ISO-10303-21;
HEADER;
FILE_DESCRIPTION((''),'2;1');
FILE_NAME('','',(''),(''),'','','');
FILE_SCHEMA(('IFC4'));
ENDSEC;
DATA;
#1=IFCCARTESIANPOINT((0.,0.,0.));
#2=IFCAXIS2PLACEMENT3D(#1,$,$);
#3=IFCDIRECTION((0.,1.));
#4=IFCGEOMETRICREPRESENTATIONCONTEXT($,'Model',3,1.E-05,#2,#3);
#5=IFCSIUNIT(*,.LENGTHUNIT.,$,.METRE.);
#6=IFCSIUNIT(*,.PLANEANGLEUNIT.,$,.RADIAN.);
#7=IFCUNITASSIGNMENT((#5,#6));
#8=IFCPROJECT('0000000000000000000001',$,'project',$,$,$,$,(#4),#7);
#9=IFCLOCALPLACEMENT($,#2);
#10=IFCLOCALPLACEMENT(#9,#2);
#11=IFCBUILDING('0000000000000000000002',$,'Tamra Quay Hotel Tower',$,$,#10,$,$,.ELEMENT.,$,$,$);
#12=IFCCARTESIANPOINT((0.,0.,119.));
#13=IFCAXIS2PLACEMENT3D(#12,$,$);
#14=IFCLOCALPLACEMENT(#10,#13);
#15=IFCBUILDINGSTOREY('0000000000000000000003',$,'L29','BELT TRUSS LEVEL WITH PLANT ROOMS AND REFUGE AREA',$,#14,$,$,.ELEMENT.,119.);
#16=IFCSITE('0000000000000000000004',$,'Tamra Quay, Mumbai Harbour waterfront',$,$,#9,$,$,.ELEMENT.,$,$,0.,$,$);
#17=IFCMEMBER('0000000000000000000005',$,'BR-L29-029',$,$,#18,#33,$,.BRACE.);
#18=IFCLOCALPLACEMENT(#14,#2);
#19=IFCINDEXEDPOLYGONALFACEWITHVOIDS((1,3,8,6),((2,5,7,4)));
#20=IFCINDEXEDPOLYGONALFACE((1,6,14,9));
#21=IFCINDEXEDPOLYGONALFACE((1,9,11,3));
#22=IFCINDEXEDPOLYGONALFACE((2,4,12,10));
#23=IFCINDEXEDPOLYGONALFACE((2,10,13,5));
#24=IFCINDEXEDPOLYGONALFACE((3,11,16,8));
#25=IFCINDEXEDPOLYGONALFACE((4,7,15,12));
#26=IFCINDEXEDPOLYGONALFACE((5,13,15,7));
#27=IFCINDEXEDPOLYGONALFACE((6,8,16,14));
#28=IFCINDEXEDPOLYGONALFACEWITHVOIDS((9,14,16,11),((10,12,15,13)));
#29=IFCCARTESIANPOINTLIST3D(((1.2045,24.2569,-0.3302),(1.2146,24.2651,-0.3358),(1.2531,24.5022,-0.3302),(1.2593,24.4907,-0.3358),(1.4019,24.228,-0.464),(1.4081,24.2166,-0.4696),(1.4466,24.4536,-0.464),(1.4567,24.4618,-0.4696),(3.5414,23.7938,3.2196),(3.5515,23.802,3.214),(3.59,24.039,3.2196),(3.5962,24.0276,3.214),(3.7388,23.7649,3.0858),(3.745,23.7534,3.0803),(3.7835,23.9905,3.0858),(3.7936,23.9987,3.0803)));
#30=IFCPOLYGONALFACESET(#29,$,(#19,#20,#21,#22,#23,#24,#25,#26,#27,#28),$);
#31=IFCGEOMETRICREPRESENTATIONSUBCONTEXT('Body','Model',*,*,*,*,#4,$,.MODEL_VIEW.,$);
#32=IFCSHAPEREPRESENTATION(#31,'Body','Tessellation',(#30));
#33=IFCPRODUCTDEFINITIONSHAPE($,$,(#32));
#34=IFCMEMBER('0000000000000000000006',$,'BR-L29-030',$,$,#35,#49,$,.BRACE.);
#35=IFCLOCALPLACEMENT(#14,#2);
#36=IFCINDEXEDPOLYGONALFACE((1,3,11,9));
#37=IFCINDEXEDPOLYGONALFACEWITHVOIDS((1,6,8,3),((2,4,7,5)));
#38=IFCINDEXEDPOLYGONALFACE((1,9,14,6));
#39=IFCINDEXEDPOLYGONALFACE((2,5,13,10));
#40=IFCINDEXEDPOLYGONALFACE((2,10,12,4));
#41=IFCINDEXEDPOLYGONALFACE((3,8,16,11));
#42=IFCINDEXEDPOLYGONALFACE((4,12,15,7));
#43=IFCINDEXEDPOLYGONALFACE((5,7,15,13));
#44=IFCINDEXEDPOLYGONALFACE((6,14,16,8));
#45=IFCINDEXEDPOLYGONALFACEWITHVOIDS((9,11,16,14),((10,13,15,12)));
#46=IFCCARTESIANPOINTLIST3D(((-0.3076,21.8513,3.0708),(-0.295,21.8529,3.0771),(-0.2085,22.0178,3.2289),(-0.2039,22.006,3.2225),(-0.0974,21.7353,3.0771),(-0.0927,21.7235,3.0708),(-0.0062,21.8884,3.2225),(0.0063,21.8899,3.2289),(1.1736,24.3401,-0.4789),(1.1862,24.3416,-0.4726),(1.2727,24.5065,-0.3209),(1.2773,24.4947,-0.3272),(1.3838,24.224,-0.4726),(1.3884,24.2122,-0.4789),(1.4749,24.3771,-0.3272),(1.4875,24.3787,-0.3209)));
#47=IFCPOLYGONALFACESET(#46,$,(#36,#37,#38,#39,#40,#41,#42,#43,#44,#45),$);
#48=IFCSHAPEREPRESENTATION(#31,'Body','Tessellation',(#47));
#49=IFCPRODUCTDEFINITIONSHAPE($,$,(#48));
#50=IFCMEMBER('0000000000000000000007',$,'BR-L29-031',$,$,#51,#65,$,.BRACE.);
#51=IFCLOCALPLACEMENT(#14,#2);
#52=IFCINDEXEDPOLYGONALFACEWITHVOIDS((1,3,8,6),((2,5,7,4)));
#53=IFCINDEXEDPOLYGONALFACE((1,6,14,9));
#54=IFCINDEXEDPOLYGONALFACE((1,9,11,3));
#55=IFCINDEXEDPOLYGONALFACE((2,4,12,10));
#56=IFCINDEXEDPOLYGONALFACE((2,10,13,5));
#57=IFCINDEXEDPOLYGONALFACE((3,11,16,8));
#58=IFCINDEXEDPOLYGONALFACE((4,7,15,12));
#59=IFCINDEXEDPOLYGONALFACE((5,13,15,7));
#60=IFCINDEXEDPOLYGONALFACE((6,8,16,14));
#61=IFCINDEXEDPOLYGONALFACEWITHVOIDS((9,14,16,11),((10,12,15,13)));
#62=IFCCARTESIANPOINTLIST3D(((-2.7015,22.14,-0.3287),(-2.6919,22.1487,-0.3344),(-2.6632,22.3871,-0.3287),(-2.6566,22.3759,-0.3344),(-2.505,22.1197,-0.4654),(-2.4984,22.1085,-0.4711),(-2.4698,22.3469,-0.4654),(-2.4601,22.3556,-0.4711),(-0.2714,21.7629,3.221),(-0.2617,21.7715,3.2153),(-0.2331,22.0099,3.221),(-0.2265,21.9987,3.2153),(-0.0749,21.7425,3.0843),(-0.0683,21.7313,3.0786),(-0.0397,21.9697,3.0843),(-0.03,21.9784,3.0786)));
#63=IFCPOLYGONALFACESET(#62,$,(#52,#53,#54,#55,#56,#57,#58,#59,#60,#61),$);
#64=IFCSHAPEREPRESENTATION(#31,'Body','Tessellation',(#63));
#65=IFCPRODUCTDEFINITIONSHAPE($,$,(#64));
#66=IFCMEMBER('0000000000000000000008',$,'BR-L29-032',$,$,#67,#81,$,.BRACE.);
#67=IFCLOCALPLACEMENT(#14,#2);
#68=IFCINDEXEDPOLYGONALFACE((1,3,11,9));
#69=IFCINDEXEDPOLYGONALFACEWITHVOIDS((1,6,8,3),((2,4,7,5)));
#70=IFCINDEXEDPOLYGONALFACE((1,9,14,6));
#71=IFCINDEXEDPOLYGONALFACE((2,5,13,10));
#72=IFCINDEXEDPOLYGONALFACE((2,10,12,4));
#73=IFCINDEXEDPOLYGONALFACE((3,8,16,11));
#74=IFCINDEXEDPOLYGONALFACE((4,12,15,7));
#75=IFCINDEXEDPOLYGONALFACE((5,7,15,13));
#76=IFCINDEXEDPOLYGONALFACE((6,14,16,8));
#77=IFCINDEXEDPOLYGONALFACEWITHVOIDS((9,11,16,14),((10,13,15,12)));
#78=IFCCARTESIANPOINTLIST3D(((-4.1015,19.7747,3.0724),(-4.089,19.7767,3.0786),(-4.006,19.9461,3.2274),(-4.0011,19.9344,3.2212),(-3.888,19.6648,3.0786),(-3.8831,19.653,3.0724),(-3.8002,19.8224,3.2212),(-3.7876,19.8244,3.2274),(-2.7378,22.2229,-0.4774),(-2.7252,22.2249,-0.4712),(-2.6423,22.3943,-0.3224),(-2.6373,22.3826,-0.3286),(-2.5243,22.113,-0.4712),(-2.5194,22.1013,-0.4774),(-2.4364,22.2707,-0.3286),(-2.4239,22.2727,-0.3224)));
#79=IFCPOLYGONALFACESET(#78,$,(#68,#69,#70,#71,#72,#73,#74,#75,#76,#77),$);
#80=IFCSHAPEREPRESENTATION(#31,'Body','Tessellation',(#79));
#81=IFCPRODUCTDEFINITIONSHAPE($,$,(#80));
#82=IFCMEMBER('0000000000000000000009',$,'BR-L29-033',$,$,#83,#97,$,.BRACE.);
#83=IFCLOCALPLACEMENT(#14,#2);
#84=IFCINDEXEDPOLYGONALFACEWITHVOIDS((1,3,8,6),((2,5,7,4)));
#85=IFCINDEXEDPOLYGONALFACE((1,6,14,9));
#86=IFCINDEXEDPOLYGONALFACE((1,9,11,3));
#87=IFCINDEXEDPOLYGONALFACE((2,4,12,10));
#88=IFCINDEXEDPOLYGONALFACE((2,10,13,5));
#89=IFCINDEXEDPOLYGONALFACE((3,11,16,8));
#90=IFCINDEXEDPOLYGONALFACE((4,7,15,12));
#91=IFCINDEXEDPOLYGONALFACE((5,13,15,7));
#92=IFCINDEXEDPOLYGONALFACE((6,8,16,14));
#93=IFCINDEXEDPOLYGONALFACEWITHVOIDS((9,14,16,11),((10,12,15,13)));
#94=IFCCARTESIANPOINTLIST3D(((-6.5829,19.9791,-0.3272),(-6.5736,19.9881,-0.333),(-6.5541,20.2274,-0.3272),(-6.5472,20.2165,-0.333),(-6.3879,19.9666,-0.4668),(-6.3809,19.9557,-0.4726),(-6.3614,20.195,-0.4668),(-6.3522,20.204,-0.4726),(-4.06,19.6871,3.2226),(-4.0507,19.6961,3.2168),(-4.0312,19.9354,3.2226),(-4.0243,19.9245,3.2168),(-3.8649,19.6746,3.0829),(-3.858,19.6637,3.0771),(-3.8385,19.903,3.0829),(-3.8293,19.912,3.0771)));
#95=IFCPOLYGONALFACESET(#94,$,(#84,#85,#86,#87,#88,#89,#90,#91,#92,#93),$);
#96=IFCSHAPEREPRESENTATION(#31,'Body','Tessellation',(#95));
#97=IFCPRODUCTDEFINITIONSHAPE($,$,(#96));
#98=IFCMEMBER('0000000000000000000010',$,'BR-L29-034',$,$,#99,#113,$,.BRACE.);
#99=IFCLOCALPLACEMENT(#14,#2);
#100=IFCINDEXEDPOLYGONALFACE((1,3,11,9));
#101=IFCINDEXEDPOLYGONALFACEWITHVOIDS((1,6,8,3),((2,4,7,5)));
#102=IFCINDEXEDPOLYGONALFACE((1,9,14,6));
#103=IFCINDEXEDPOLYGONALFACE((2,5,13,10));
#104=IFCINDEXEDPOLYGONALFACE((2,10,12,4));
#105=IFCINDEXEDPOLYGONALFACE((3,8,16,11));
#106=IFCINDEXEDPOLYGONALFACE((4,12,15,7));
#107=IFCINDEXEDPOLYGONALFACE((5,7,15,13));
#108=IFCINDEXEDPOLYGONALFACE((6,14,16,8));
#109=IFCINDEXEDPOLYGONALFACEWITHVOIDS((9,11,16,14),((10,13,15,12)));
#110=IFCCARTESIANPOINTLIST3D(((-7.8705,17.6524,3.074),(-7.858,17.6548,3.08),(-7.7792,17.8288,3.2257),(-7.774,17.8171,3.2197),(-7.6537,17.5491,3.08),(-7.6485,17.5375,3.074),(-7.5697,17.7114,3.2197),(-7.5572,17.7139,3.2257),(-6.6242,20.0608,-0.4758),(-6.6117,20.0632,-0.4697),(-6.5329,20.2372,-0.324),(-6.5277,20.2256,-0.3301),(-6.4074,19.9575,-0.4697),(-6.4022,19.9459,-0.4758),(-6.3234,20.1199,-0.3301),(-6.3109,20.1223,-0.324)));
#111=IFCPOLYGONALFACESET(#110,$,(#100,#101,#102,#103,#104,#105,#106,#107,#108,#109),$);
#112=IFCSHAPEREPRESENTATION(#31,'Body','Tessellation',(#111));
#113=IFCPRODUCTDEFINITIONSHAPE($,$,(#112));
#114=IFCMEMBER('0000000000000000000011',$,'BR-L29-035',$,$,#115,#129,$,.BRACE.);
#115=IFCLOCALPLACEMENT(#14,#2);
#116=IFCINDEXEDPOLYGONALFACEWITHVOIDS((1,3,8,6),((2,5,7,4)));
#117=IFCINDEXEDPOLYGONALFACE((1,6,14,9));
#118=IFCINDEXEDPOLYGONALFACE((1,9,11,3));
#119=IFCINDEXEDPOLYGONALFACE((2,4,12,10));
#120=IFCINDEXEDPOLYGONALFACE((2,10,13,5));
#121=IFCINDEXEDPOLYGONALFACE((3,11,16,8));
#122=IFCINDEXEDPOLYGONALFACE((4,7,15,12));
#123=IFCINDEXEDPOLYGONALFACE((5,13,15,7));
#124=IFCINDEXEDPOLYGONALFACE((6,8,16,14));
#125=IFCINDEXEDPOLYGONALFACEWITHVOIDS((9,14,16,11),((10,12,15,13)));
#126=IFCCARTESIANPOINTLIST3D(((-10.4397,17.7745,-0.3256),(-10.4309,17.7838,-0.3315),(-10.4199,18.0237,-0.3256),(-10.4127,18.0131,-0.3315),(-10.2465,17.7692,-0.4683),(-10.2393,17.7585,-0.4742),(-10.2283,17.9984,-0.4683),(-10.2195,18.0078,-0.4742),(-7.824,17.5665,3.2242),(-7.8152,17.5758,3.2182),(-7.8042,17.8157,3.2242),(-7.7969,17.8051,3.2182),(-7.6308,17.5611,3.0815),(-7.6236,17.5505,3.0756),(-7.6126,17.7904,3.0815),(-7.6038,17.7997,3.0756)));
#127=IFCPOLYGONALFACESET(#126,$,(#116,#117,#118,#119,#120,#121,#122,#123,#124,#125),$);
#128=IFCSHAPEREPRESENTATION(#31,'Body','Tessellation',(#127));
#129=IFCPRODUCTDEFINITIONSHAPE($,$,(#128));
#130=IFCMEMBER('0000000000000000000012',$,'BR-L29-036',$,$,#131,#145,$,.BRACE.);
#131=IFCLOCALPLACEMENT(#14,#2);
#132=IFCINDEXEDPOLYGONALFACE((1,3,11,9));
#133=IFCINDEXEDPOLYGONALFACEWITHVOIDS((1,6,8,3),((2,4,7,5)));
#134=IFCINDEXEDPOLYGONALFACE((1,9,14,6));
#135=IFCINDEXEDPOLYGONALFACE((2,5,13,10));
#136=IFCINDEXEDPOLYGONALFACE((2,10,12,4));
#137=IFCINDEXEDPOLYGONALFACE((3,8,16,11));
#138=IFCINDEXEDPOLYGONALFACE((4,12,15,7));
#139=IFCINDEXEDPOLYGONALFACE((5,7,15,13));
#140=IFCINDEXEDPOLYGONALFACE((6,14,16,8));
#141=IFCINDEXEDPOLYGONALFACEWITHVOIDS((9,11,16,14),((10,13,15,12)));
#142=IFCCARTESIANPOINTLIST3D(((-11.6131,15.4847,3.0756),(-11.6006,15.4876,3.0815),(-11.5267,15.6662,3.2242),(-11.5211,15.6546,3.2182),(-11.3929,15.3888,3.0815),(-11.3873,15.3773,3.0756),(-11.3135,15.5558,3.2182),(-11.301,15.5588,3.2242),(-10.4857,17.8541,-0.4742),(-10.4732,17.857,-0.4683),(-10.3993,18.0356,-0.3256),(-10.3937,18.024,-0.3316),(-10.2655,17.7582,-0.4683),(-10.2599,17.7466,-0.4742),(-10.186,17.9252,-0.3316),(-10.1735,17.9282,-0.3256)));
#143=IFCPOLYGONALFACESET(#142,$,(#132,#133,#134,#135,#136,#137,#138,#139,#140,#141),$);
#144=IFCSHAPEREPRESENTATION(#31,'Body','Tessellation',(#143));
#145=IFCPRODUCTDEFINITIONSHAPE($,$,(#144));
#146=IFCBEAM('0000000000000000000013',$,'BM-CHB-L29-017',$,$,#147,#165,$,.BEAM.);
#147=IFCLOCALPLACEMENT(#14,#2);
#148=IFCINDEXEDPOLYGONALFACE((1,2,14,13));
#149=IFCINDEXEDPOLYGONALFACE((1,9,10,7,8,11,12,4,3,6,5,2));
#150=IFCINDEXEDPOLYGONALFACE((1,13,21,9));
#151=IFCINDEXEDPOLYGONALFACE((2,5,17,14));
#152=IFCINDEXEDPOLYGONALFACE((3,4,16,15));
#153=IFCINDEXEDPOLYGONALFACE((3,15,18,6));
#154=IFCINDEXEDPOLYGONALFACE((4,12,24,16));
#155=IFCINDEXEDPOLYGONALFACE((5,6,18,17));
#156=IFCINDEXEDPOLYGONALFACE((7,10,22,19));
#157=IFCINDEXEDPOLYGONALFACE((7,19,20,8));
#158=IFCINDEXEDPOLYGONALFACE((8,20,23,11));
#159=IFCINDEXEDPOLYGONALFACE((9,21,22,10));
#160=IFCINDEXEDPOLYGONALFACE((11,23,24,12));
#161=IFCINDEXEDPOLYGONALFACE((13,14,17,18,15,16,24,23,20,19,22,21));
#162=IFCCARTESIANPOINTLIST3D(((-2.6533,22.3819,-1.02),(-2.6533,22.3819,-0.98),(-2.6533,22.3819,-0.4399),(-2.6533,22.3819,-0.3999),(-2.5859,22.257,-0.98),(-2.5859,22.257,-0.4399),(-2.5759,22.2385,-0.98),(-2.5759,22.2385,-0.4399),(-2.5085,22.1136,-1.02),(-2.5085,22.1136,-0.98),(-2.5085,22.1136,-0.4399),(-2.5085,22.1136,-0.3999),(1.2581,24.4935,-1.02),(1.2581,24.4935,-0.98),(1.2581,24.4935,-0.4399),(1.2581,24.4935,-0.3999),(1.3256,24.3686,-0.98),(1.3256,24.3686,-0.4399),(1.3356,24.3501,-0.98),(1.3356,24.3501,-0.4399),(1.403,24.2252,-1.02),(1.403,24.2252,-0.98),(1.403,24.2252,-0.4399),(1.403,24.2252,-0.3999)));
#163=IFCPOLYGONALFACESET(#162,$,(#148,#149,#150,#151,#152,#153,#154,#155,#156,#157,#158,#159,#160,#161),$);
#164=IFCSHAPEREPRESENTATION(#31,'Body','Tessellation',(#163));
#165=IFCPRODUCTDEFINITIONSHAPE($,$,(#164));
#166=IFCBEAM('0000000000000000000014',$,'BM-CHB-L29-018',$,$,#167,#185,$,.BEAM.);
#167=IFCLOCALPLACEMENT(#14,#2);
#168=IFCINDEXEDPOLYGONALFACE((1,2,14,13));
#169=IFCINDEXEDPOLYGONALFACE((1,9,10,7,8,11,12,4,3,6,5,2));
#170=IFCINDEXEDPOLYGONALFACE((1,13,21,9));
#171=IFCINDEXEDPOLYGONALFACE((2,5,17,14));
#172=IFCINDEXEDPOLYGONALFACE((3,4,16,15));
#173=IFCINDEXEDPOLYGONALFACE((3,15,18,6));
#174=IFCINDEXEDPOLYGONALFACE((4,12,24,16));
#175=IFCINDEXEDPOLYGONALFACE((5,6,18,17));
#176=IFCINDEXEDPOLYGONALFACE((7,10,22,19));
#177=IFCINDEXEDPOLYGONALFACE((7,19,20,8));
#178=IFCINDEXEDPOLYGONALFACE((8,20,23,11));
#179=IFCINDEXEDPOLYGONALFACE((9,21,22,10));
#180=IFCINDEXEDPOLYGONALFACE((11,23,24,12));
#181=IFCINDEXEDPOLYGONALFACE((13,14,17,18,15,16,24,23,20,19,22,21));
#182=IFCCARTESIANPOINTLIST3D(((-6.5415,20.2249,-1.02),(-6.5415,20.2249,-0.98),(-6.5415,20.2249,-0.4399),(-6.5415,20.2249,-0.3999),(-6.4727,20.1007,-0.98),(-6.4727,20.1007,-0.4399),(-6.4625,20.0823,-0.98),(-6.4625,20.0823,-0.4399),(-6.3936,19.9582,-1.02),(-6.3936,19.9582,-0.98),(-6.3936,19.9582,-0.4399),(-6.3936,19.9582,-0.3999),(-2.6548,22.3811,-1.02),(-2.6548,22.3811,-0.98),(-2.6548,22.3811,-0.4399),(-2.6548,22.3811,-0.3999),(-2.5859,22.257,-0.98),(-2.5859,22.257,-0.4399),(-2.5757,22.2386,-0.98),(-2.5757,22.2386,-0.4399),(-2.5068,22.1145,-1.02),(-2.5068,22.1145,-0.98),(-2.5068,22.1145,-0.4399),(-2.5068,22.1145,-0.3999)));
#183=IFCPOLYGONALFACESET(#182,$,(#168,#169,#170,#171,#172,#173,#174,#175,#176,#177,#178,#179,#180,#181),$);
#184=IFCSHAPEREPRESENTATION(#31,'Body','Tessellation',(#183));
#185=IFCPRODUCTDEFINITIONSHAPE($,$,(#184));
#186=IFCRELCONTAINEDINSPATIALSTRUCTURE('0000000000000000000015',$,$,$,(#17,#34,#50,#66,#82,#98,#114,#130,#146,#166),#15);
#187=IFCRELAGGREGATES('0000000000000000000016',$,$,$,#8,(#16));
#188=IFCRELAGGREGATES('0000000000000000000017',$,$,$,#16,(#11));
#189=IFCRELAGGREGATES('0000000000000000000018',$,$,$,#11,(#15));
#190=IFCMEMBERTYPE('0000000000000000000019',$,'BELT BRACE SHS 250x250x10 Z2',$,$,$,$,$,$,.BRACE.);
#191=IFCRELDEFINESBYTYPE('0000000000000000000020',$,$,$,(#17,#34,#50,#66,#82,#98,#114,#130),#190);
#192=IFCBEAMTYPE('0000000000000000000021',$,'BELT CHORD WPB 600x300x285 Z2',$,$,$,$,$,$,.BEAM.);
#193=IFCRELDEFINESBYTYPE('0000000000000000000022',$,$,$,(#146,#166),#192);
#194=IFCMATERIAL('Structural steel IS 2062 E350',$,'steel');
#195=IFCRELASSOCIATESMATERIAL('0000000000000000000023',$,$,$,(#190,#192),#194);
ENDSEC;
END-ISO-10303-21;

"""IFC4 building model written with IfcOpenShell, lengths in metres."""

from ifc_helpers import new_model, si_unit, direction, frame, origin, origin_2d, place, context, subcontext, project, spatial, hollow_rectangle, i_section, extrude, material, material_profile, profile_set, type_object, element, save


model = new_model("IFC4")

# Units and contexts
model_context = context("Model", 3, precision=1e-05, world=origin(), true_north=direction((0.0, 1.0)))
body_context = subcontext(model_context, "Body", "Model", "MODEL_VIEW")
ifc_project = project(units=[si_unit("LENGTHUNIT", "METRE"), si_unit("PLANEANGLEUNIT", "RADIAN")], contexts=[model_context])

# Site, building, storey
site_placement = place(None, origin())
site = spatial("IfcSite", under=ifc_project, at=site_placement, Name="Tamra Quay, Mumbai Harbour waterfront", CompositionType="ELEMENT", RefElevation=0.0)
building_placement = place(site_placement, origin())
building = spatial("IfcBuilding", under=site, at=building_placement, Name="Tamra Quay Hotel Tower", CompositionType="ELEMENT")
storey_placement = place(building_placement, frame((0.0, 0.0, 119.0)))
storey = spatial("IfcBuildingStorey", under=building, at=storey_placement, Name="L29", Description="BELT TRUSS LEVEL WITH PLANT ROOMS AND REFUGE AREA", CompositionType="ELEMENT", Elevation=119.0)

# Members
ifc_material_1 = material(Name="Structural steel IS 2062 E350", Category="steel")
ifc_material_profile_1 = material_profile(ifc_material_1, hollow_rectangle(XDim=0.25, YDim=0.25, WallThickness=0.01, at=origin_2d()), Name="SHS 250x250x10")
ifc_profile_set_1 = profile_set([ifc_material_profile_1], Name="Structural steel IS 2062 E350")
member_type = type_object("IfcMemberType", Name="BELT BRACE SHS 250x250x10 Z2", PredefinedType="BRACE", material=ifc_profile_set_1)
member_1_placement = place(storey_placement, frame((1.3306, 24.3594, -0.3999), z_axis=(0.546629, -0.108332, 0.830338), x_axis=(0.194401, 0.980922, 0.0)))
element("IfcMember", 1, at=member_1_placement, inside=storey, type_object=member_type, Name="BR-L29-029", PredefinedType="BRACE", context=body_context, shape_type="SweptSolid", body=[
    extrude(hollow_rectangle(XDim=0.25, YDim=0.25, WallThickness=0.01, at=origin_2d()), origin(), (0.0, 0.0, 1.0), 4.2751),
])
member_2_placement = place(storey_placement, frame((1.3306, 24.3594, -0.3999), z_axis=(-0.323309, -0.543236, 0.774833), x_axis=(0.859325, -0.511431, 0.0)))
element("IfcMember", 2, at=member_2_placement, inside=storey, type_object=member_type, Name="BR-L29-030", PredefinedType="BRACE", context=body_context, shape_type="SweptSolid", body=[
    extrude(hollow_rectangle(XDim=0.25, YDim=0.25, WallThickness=0.01, at=origin_2d()), origin(), (0.0, 0.0, 1.0), 4.5813),
])
member_3_placement = place(storey_placement, frame((-2.5808, 22.2478, -0.3999), z_axis=(0.562741, -0.087345, 0.822006), x_axis=(0.153377, 0.988168, 0.0)))
element("IfcMember", 3, at=member_3_placement, inside=storey, type_object=member_type, Name="BR-L29-031", PredefinedType="BRACE", context=body_context, shape_type="SweptSolid", body=[
    extrude(hollow_rectangle(XDim=0.25, YDim=0.25, WallThickness=0.01, at=origin_2d()), origin(), (0.0, 0.0, 1.0), 4.3184),
])
member_4_placement = place(storey_placement, frame((-2.5808, 22.2478, -0.3999), z_axis=(-0.301538, -0.541322, 0.784885), x_axis=(0.873606, -0.486634, 0.0)))
element("IfcMember", 4, at=member_4_placement, inside=storey, type_object=member_type, Name="BR-L29-032", PredefinedType="BRACE", context=body_context, shape_type="SweptSolid", body=[
    extrude(hollow_rectangle(XDim=0.25, YDim=0.25, WallThickness=0.01, at=origin_2d()), origin(), (0.0, 0.0, 1.0), 4.5227),
])
member_5_placement = place(storey_placement, frame((-6.4675, 20.0916, -0.3999), z_axis=(0.578019, -0.066897, 0.813276), x_axis=(0.114967, 0.993369, 0.0)))
element("IfcMember", 5, at=member_5_placement, inside=storey, type_object=member_type, Name="BR-L29-033", PredefinedType="BRACE", context=body_context, shape_type="SweptSolid", body=[
    extrude(hollow_rectangle(XDim=0.25, YDim=0.25, WallThickness=0.01, at=origin_2d()), origin(), (0.0, 0.0, 1.0), 4.3647),
])
member_6_placement = place(storey_placement, frame((-6.4675, 20.0916, -0.3999), z_axis=(-0.279003, -0.539151, 0.794653), x_axis=(0.888129, -0.459594, 0.0)))
element("IfcMember", 6, at=member_6_placement, inside=storey, type_object=member_type, Name="BR-L29-034", PredefinedType="BRACE", context=body_context, shape_type="SweptSolid", body=[
    extrude(hollow_rectangle(XDim=0.25, YDim=0.25, WallThickness=0.01, at=origin_2d()), origin(), (0.0, 0.0, 1.0), 4.467),
])
for number, where, z_axis, x_axis, name in (
    (7, (-10.3296, 17.8911, -0.3999), (0.592551, -0.047121, 0.804153), (0.079272, 0.996853, 0.0), "BR-L29-035"),
    (8, (-10.3296, 17.8911, -0.3999), (-0.255405, -0.53675, 0.804157), (0.902984, -0.429674, 0.0), "BR-L29-036"),
):
    element("IfcMember", number, at=place(storey_placement, frame(where, z_axis=z_axis, x_axis=x_axis)), inside=storey, type_object=member_type, Name=name, PredefinedType="BRACE", context=body_context, shape_type="SweptSolid", body=[
        extrude(hollow_rectangle(XDim=0.25, YDim=0.25, WallThickness=0.01, at=origin_2d()), origin(), (0.0, 0.0, 1.0), 4.4143),
    ])

# Beams
ifc_material_profile_2 = material_profile(ifc_material_1, i_section(OverallWidth=0.3049, OverallDepth=0.6201, WebThickness=0.021, FlangeThickness=0.04, at=origin_2d()), Name="WPB 600x300x285")
ifc_profile_set_2 = profile_set([ifc_material_profile_2], Name="Structural steel IS 2062 E350")
beam_type_1 = type_object("IfcBeamType", Name="BELT CHORD WPB 600x300x285 Z2", PredefinedType="BEAM", material=ifc_profile_set_2)
beam_1_placement = place(storey_placement, frame((1.3306, 24.3594, -0.71), z_axis=(-0.879959, -0.475049, 0.0), x_axis=(0.475049, -0.879959, 0.0)))
element("IfcBeam", 9, at=beam_1_placement, inside=storey, type_object=beam_type_1, Name="BM-CHB-L29-017", PredefinedType="BEAM", context=body_context, shape_type="SweptSolid", body=[
    extrude(i_section(OverallWidth=0.3049, OverallDepth=0.6201, WebThickness=0.021, FlangeThickness=0.04, at=origin_2d()), origin(), (0.0, 0.0, 1.0), 4.4451),
])
for number, where, z_axis, x_axis, name in (
    (10, (-2.5808, 22.2478, -0.71), (-0.874447, -0.485121, 0.0), (0.485121, -0.874447, 0.0), "BM-CHB-L29-018"),
):
    element("IfcBeam", number, at=place(storey_placement, frame(where, z_axis=z_axis, x_axis=x_axis)), inside=storey, type_object=beam_type_1, Name=name, PredefinedType="BEAM", context=body_context, shape_type="SweptSolid", body=[
        extrude(i_section(OverallWidth=0.3049, OverallDepth=0.6201, WebThickness=0.021, FlangeThickness=0.04, at=origin_2d()), origin(), (0.0, 0.0, 1.0), 4.4448),
    ])

save(model, "model.ifc")
